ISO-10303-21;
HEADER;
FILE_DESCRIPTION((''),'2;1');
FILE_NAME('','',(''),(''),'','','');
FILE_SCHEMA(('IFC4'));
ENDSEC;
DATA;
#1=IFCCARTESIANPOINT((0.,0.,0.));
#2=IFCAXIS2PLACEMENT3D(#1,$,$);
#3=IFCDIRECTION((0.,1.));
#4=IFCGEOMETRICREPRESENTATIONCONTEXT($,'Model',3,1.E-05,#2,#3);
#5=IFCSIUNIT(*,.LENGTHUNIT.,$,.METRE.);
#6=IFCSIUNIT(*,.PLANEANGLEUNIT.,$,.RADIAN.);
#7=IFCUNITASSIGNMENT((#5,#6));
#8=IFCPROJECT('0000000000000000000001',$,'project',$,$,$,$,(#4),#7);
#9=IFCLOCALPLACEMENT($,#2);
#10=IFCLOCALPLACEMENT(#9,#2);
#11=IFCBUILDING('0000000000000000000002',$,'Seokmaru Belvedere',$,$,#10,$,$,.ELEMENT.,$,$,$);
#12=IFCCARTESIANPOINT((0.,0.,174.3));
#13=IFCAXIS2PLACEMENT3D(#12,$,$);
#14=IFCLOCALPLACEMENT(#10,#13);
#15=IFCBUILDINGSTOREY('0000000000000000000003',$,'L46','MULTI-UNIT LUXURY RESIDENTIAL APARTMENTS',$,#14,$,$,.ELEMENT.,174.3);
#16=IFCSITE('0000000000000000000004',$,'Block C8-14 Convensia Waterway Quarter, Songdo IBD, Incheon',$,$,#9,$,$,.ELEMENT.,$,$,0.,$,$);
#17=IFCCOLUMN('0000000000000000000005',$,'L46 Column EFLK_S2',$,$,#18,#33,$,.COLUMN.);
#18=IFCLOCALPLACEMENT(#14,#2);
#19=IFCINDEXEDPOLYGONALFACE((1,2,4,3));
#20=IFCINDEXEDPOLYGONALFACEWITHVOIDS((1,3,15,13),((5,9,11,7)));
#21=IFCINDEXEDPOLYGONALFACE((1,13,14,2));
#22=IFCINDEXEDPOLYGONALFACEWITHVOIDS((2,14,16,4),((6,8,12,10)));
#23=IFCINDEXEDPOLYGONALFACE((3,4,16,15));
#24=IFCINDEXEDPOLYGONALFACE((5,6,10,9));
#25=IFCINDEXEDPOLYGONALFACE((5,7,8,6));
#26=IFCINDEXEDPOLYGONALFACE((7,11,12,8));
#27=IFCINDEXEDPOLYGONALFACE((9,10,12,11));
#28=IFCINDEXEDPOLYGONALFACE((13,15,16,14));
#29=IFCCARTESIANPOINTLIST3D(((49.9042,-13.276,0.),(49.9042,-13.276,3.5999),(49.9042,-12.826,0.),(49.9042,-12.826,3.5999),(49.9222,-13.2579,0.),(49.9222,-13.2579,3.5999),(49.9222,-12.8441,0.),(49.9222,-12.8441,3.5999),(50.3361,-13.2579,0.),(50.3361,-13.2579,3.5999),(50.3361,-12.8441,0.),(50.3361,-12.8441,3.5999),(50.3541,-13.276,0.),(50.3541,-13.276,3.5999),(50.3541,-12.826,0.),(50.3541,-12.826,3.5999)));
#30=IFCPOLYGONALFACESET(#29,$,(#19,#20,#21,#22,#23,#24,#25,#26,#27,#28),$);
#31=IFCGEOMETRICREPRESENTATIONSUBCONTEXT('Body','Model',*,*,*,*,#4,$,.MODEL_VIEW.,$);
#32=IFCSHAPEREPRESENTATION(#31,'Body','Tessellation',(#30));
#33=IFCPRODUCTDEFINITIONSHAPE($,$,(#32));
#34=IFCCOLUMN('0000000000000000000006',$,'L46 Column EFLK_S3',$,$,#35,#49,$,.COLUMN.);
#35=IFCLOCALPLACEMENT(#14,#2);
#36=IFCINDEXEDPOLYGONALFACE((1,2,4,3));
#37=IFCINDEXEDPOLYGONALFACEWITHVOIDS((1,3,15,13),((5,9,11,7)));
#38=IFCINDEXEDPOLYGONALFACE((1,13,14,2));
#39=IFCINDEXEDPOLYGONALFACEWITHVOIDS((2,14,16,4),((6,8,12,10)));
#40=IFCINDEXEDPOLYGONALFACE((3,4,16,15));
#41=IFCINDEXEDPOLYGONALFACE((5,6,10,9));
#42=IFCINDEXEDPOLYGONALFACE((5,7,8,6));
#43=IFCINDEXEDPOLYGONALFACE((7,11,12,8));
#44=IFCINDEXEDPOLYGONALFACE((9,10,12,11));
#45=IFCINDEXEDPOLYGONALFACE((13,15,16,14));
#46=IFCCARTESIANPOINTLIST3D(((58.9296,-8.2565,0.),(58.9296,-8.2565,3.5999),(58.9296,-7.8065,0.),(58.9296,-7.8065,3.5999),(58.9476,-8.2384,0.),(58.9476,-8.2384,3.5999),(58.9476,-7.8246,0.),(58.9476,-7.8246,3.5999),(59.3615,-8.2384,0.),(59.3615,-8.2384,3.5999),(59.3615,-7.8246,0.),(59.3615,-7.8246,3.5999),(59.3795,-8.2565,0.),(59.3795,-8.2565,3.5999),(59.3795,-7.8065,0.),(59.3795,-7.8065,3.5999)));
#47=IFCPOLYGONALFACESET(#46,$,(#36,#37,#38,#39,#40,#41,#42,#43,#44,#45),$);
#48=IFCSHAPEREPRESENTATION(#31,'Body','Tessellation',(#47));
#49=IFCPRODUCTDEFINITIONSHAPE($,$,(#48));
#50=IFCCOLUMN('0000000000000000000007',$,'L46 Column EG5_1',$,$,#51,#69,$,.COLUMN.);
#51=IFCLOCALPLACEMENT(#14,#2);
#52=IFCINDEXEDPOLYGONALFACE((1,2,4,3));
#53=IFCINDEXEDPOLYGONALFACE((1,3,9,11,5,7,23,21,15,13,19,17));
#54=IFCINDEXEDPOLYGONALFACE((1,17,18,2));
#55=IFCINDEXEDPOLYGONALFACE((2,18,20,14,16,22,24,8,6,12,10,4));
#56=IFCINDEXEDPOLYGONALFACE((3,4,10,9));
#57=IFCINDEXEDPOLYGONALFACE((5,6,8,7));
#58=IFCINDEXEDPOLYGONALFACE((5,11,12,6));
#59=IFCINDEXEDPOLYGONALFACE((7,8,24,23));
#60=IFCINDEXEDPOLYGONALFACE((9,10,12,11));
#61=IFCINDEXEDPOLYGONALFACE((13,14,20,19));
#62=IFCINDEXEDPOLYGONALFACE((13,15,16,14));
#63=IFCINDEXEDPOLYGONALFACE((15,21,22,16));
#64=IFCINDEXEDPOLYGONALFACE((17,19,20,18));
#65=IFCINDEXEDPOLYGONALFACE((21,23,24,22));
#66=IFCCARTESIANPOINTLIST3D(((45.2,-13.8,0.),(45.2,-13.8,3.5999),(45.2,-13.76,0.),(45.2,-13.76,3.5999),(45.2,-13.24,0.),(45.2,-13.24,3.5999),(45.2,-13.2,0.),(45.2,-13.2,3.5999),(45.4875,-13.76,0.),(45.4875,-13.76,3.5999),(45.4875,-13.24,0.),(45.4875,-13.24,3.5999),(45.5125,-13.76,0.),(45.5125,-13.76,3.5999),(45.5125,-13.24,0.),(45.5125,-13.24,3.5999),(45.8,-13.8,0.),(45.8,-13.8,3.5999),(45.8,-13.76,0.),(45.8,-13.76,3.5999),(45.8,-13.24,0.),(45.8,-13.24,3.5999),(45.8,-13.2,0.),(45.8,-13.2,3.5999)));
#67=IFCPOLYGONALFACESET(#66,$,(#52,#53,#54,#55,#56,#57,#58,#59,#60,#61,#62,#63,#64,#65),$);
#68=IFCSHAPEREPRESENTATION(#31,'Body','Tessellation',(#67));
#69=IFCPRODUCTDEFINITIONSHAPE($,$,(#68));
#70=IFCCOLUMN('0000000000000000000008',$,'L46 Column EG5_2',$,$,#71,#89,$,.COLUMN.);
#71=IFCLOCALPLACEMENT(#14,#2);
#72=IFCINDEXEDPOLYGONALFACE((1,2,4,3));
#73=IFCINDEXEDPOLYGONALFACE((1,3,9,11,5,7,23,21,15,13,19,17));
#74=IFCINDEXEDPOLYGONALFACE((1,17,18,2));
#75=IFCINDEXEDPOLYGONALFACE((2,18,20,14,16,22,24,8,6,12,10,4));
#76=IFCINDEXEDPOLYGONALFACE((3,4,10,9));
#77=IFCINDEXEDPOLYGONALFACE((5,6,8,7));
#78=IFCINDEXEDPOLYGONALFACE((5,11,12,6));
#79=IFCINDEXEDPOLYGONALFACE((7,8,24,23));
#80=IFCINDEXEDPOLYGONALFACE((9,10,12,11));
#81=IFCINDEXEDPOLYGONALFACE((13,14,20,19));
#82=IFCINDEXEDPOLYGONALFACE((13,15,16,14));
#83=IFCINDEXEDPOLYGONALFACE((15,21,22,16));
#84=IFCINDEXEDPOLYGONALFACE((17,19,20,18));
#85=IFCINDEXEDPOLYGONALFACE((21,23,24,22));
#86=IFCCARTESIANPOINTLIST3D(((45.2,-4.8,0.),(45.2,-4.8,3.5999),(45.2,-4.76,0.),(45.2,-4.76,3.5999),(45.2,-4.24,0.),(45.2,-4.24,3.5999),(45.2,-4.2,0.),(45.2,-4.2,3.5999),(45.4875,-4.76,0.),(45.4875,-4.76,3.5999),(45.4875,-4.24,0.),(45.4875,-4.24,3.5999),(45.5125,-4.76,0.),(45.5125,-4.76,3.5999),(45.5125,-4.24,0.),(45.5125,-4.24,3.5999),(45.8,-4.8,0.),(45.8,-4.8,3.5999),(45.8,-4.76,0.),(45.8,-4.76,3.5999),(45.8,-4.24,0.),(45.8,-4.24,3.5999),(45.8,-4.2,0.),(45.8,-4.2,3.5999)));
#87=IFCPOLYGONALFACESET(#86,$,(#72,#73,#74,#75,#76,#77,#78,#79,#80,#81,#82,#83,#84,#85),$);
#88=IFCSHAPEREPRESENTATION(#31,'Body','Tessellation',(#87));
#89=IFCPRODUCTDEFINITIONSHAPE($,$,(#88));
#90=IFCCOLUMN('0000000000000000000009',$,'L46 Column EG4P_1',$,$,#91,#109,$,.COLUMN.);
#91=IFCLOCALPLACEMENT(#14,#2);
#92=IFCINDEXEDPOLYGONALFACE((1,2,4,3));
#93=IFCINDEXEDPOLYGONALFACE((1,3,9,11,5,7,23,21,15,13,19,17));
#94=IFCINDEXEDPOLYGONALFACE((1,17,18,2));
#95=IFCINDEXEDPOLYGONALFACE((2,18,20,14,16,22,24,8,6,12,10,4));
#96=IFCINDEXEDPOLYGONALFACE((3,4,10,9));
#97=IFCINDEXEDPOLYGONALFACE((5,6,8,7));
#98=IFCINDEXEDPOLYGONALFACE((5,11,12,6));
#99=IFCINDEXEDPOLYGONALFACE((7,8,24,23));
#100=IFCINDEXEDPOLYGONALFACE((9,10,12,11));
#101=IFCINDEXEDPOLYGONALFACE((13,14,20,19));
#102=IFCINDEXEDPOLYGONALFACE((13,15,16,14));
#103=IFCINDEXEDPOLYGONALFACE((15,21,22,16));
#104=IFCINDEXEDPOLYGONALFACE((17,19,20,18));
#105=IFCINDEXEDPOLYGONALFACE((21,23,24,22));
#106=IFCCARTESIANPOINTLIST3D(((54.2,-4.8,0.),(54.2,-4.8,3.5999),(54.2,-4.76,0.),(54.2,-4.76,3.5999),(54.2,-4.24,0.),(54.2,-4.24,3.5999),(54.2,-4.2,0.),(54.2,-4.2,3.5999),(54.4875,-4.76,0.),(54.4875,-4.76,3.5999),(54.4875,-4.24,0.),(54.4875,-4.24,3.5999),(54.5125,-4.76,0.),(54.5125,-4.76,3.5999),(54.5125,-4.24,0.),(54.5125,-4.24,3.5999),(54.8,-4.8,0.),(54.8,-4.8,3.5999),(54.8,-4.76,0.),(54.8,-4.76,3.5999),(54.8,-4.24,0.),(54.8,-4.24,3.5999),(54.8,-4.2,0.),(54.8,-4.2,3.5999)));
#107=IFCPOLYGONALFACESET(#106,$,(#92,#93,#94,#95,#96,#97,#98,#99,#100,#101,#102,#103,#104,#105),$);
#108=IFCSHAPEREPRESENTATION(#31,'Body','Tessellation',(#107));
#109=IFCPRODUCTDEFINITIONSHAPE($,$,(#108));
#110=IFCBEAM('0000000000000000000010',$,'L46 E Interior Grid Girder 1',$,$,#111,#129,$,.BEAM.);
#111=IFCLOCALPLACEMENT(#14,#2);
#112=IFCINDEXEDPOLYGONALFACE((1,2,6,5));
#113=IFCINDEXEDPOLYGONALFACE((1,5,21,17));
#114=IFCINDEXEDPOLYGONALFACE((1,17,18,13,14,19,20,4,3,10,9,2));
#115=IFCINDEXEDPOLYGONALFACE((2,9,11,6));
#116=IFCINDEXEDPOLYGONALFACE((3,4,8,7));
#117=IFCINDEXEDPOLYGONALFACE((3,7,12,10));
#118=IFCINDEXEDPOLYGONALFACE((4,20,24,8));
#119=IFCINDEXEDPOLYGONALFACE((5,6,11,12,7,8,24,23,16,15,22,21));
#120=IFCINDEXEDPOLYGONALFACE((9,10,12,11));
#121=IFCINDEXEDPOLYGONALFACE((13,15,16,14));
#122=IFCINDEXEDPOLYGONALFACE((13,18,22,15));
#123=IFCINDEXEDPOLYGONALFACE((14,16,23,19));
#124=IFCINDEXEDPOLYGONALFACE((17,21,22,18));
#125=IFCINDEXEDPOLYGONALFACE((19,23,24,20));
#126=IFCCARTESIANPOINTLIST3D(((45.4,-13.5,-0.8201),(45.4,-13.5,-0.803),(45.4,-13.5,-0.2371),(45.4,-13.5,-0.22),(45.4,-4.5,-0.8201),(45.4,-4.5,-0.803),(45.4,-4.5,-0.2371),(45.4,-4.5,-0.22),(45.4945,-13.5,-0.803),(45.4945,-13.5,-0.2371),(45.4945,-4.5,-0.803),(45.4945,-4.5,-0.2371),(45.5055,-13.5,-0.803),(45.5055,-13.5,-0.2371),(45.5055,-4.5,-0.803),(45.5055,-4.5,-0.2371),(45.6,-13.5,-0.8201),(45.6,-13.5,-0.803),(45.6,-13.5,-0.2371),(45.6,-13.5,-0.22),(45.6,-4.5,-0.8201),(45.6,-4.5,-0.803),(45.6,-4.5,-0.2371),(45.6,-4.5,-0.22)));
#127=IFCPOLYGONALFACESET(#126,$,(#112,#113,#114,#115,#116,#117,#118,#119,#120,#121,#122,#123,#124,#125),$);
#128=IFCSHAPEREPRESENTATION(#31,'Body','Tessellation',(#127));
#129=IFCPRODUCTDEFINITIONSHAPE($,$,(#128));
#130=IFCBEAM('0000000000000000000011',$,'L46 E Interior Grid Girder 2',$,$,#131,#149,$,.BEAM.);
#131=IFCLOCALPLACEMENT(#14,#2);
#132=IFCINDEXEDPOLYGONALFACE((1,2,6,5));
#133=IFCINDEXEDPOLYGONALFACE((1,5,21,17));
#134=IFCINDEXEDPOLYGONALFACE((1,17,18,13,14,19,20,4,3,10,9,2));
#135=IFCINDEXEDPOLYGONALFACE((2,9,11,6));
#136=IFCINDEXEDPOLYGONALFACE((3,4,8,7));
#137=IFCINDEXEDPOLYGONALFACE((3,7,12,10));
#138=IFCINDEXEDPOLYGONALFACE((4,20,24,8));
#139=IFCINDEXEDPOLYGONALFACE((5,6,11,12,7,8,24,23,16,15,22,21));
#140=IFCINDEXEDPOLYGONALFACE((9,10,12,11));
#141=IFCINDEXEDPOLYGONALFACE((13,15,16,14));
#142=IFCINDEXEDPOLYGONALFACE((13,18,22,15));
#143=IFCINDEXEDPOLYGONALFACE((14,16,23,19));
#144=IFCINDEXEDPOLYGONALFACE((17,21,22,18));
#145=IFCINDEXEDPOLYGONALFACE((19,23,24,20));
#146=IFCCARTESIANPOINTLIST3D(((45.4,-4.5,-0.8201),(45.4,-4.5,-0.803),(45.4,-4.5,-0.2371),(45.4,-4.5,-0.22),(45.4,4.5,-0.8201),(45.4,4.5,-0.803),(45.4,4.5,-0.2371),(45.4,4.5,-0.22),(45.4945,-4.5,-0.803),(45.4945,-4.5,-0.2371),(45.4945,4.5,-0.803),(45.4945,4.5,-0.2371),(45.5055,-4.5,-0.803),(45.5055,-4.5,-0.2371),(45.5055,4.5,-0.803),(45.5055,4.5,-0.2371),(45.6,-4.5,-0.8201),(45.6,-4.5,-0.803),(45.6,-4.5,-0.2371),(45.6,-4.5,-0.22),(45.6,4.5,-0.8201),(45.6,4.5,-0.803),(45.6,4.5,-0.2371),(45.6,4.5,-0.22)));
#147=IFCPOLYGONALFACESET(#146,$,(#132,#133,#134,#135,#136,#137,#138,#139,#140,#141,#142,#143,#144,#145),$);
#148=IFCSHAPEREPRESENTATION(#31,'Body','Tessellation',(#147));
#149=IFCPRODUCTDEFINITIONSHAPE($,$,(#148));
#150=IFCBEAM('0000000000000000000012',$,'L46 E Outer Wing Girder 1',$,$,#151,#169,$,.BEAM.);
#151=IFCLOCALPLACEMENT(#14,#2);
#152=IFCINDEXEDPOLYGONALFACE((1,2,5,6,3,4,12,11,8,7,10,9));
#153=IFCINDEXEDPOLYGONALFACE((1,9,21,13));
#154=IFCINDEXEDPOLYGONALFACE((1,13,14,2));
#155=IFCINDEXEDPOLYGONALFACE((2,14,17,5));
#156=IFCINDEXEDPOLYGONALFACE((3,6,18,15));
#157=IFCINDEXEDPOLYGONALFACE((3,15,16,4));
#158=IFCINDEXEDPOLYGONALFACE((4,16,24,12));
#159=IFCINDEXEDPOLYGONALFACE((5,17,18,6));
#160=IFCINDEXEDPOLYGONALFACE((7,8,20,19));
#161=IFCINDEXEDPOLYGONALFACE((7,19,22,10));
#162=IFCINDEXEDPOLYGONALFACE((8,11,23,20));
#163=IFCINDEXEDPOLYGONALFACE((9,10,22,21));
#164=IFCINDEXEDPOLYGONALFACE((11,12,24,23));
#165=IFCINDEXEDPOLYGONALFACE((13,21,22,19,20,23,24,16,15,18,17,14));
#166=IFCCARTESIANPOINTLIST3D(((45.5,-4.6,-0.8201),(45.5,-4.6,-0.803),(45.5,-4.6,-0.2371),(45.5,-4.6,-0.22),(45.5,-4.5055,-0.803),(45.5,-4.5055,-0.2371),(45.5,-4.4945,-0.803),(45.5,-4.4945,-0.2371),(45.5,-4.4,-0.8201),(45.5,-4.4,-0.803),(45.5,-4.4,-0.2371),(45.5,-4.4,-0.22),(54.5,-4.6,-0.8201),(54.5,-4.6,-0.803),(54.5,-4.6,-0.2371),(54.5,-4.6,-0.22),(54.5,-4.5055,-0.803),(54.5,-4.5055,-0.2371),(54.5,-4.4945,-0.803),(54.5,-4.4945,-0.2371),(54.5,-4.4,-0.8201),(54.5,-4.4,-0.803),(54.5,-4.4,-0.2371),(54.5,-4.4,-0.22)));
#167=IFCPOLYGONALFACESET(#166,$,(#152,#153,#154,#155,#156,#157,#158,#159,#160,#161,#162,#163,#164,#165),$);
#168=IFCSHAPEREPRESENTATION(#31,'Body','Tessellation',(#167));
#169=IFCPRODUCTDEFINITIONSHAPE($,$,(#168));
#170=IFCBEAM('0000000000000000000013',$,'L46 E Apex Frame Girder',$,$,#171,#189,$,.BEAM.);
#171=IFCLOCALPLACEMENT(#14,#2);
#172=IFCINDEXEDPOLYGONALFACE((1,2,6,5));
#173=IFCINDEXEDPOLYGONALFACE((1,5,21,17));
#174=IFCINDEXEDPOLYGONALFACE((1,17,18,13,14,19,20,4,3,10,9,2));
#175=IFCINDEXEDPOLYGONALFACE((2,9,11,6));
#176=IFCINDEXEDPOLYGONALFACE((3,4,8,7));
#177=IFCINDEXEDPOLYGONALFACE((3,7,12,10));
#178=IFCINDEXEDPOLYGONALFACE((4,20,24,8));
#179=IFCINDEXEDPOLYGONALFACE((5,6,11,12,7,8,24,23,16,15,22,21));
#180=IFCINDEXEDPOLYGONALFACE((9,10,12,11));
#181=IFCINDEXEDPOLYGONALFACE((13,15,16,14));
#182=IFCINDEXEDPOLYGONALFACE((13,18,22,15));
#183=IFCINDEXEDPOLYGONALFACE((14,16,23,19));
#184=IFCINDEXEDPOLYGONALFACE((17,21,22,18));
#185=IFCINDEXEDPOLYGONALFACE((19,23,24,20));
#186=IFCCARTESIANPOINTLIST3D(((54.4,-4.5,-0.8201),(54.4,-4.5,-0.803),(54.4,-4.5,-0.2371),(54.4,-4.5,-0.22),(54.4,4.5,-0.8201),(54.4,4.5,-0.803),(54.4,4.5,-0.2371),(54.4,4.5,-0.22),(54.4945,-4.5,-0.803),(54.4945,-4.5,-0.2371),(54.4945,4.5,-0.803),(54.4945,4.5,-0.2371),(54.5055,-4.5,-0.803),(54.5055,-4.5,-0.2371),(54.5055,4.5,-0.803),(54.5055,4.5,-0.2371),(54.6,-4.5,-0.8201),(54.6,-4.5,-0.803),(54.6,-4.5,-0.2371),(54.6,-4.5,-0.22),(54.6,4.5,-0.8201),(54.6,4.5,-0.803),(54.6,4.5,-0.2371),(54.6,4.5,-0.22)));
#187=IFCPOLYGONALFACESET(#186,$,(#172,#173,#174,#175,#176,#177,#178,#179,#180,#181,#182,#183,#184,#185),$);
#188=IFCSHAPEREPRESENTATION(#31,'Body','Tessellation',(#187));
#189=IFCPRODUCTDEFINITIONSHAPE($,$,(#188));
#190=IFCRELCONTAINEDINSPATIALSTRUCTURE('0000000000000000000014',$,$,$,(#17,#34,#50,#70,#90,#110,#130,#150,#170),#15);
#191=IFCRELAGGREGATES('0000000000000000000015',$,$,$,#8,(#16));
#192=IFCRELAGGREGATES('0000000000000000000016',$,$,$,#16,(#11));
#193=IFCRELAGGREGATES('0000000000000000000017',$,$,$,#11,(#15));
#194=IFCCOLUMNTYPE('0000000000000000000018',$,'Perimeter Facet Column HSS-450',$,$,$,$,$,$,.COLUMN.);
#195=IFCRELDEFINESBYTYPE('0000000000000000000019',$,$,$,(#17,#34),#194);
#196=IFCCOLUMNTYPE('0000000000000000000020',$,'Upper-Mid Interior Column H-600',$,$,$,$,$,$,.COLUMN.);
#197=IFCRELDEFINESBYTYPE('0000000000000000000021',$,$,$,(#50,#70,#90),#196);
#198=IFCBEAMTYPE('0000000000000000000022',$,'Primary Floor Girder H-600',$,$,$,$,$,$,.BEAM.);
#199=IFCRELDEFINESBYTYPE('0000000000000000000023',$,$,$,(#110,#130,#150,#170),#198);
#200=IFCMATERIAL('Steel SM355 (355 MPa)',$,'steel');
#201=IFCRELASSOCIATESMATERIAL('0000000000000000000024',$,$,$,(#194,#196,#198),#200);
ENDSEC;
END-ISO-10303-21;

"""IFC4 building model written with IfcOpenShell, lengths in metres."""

from ifc_helpers import new_model, si_unit, direction, frame, origin, origin_2d, place, context, subcontext, project, spatial, hollow_rectangle, i_section, extrude, source, transform, mapped, material, material_profile, profile_set, type_object, type_shapes, element, save


model = new_model("IFC4")

# Units and contexts
model_context = context("Model", 3, precision=1e-05, world=origin(), true_north=direction((0.0, 1.0)))
body_context = subcontext(model_context, "Body", "Model", "MODEL_VIEW")
ifc_project = project(units=[si_unit("LENGTHUNIT", "METRE"), si_unit("PLANEANGLEUNIT", "RADIAN")], contexts=[model_context])

# Site, building, storey
site_placement = place(None, origin())
site = spatial("IfcSite", under=ifc_project, at=site_placement, Name="Block C8-14 Convensia Waterway Quarter, Songdo IBD, Incheon", CompositionType="ELEMENT", RefElevation=0.0)
building_placement = place(site_placement, origin())
building = spatial("IfcBuilding", under=site, at=building_placement, Name="Seokmaru Belvedere", CompositionType="ELEMENT")
storey_placement = place(building_placement, frame((0.0, 0.0, 174.3)))
storey = spatial("IfcBuildingStorey", under=building, at=storey_placement, Name="L46", Description="MULTI-UNIT LUXURY RESIDENTIAL APARTMENTS", CompositionType="ELEMENT", Elevation=174.3)

# Columns
ifc_material_1 = material(Name="Steel SM355 (355 MPa)", Category="steel")
ifc_material_profile_1 = material_profile(ifc_material_1, hollow_rectangle(XDim=0.45, YDim=0.45, WallThickness=0.0181, at=origin_2d()), Name="HSS-450x450x18")
ifc_profile_set_1 = profile_set([ifc_material_profile_1], Name="Steel SM355 (355 MPa)")
column_type_1 = type_object("IfcColumnType", Name="Perimeter Facet Column HSS-450", PredefinedType="COLUMN", material=ifc_profile_set_1)
shared_shape_1 = source(origin(), body_context, "Body", "SweptSolid", [
    extrude(hollow_rectangle(XDim=0.45, YDim=0.45, WallThickness=0.0181, at=origin_2d()), origin(), (0.0, 0.0, 1.0), 3.5999),
])
type_shapes(column_type_1, [shared_shape_1])
for number, where, z_axis, x_axis, name in (
    (1, (50.1292, -13.051, 0.0), (0.0, 0.0, 1.0), (1.0, 0.0, 0.0), "L46 Column EFLK_S2"),
    (2, (59.1545, -8.0315, 0.0), (0.0, 0.0, 1.0), (1.0, 0.0, 0.0), "L46 Column EFLK_S3"),
):
    element("IfcColumn", number, at=place(storey_placement, frame(where, z_axis=z_axis, x_axis=x_axis)), inside=storey, type_object=column_type_1, Name=name, PredefinedType="COLUMN", context=body_context, shape_type="MappedRepresentation", body=[
        mapped(shared_shape_1, transform((0.0, 0.0, 0.0), scale=1.0)),
    ])
ifc_material_profile_2 = material_profile(ifc_material_1, i_section(OverallWidth=0.6001, OverallDepth=0.6001, WebThickness=0.0249, FlangeThickness=0.04, at=origin_2d()), Name="H-600x600x25x40")
ifc_profile_set_2 = profile_set([ifc_material_profile_2], Name="Steel SM355 (355 MPa)")
column_type_2 = type_object("IfcColumnType", Name="Upper-Mid Interior Column H-600", PredefinedType="COLUMN", material=ifc_profile_set_2)
shared_shape_2 = source(origin(), body_context, "Body", "SweptSolid", [
    extrude(i_section(OverallWidth=0.6001, OverallDepth=0.6001, WebThickness=0.0249, FlangeThickness=0.04, at=origin_2d()), origin(), (0.0, 0.0, 1.0), 3.5999),
])
type_shapes(column_type_2, [shared_shape_2])
for number, where, z_axis, x_axis, name in (
    (3, (45.5, -13.5, 0.0), (0.0, 0.0, 1.0), (1.0, 0.0, 0.0), "L46 Column EG5_1"),
    (4, (45.5, -4.5, 0.0), (0.0, 0.0, 1.0), (1.0, 0.0, 0.0), "L46 Column EG5_2"),
    (5, (54.5, -4.5, 0.0), (0.0, 0.0, 1.0), (1.0, 0.0, 0.0), "L46 Column EG4P_1"),
):
    element("IfcColumn", number, at=place(storey_placement, frame(where, z_axis=z_axis, x_axis=x_axis)), inside=storey, type_object=column_type_2, Name=name, PredefinedType="COLUMN", context=body_context, shape_type="MappedRepresentation", body=[
        mapped(shared_shape_2, transform((0.0, 0.0, 0.0), scale=1.0)),
    ])

# Beams
ifc_material_profile_3 = material_profile(ifc_material_1, i_section(OverallWidth=0.2, OverallDepth=0.6001, WebThickness=0.011, FlangeThickness=0.0171, at=origin_2d()), Name="H-600x200x11x17")
ifc_profile_set_3 = profile_set([ifc_material_profile_3], Name="Steel SM355 (355 MPa)")
beam_type_1 = type_object("IfcBeamType", Name="Primary Floor Girder H-600", PredefinedType="BEAM", material=ifc_profile_set_3)
shared_shape_3 = source(origin(), body_context, "Body", "SweptSolid", [
    extrude(i_section(OverallWidth=0.2, OverallDepth=0.6001, WebThickness=0.011, FlangeThickness=0.0171, at=origin_2d()), origin(), (0.0, 0.0, 1.0), 9.0),
])
for number, where, z_axis, x_axis, name in (
    (6, (45.5, -13.5, -0.52), (0.0, 1.0, 0.0), (-1.0, 0.0, 0.0), "L46 E Interior Grid Girder 1"),
    (7, (45.5, -4.5, -0.52), (0.0, 1.0, 0.0), (-1.0, 0.0, 0.0), "L46 E Interior Grid Girder 2"),
    (8, (45.5, -4.5, -0.52), (1.0, 0.0, 0.0), (0.0, 1.0, 0.0), "L46 E Outer Wing Girder 1"),
    (9, (54.5, -4.5, -0.52), (0.0, 1.0, 0.0), (-1.0, 0.0, 0.0), "L46 E Apex Frame Girder"),
):
    element("IfcBeam", number, at=place(storey_placement, frame(where, z_axis=z_axis, x_axis=x_axis)), inside=storey, type_object=beam_type_1, Name=name, PredefinedType="BEAM", context=body_context, shape_type="MappedRepresentation", body=[
        mapped(shared_shape_3, transform((0.0, 0.0, 0.0), scale=1.0)),
    ])

save(model, "model.ifc")
